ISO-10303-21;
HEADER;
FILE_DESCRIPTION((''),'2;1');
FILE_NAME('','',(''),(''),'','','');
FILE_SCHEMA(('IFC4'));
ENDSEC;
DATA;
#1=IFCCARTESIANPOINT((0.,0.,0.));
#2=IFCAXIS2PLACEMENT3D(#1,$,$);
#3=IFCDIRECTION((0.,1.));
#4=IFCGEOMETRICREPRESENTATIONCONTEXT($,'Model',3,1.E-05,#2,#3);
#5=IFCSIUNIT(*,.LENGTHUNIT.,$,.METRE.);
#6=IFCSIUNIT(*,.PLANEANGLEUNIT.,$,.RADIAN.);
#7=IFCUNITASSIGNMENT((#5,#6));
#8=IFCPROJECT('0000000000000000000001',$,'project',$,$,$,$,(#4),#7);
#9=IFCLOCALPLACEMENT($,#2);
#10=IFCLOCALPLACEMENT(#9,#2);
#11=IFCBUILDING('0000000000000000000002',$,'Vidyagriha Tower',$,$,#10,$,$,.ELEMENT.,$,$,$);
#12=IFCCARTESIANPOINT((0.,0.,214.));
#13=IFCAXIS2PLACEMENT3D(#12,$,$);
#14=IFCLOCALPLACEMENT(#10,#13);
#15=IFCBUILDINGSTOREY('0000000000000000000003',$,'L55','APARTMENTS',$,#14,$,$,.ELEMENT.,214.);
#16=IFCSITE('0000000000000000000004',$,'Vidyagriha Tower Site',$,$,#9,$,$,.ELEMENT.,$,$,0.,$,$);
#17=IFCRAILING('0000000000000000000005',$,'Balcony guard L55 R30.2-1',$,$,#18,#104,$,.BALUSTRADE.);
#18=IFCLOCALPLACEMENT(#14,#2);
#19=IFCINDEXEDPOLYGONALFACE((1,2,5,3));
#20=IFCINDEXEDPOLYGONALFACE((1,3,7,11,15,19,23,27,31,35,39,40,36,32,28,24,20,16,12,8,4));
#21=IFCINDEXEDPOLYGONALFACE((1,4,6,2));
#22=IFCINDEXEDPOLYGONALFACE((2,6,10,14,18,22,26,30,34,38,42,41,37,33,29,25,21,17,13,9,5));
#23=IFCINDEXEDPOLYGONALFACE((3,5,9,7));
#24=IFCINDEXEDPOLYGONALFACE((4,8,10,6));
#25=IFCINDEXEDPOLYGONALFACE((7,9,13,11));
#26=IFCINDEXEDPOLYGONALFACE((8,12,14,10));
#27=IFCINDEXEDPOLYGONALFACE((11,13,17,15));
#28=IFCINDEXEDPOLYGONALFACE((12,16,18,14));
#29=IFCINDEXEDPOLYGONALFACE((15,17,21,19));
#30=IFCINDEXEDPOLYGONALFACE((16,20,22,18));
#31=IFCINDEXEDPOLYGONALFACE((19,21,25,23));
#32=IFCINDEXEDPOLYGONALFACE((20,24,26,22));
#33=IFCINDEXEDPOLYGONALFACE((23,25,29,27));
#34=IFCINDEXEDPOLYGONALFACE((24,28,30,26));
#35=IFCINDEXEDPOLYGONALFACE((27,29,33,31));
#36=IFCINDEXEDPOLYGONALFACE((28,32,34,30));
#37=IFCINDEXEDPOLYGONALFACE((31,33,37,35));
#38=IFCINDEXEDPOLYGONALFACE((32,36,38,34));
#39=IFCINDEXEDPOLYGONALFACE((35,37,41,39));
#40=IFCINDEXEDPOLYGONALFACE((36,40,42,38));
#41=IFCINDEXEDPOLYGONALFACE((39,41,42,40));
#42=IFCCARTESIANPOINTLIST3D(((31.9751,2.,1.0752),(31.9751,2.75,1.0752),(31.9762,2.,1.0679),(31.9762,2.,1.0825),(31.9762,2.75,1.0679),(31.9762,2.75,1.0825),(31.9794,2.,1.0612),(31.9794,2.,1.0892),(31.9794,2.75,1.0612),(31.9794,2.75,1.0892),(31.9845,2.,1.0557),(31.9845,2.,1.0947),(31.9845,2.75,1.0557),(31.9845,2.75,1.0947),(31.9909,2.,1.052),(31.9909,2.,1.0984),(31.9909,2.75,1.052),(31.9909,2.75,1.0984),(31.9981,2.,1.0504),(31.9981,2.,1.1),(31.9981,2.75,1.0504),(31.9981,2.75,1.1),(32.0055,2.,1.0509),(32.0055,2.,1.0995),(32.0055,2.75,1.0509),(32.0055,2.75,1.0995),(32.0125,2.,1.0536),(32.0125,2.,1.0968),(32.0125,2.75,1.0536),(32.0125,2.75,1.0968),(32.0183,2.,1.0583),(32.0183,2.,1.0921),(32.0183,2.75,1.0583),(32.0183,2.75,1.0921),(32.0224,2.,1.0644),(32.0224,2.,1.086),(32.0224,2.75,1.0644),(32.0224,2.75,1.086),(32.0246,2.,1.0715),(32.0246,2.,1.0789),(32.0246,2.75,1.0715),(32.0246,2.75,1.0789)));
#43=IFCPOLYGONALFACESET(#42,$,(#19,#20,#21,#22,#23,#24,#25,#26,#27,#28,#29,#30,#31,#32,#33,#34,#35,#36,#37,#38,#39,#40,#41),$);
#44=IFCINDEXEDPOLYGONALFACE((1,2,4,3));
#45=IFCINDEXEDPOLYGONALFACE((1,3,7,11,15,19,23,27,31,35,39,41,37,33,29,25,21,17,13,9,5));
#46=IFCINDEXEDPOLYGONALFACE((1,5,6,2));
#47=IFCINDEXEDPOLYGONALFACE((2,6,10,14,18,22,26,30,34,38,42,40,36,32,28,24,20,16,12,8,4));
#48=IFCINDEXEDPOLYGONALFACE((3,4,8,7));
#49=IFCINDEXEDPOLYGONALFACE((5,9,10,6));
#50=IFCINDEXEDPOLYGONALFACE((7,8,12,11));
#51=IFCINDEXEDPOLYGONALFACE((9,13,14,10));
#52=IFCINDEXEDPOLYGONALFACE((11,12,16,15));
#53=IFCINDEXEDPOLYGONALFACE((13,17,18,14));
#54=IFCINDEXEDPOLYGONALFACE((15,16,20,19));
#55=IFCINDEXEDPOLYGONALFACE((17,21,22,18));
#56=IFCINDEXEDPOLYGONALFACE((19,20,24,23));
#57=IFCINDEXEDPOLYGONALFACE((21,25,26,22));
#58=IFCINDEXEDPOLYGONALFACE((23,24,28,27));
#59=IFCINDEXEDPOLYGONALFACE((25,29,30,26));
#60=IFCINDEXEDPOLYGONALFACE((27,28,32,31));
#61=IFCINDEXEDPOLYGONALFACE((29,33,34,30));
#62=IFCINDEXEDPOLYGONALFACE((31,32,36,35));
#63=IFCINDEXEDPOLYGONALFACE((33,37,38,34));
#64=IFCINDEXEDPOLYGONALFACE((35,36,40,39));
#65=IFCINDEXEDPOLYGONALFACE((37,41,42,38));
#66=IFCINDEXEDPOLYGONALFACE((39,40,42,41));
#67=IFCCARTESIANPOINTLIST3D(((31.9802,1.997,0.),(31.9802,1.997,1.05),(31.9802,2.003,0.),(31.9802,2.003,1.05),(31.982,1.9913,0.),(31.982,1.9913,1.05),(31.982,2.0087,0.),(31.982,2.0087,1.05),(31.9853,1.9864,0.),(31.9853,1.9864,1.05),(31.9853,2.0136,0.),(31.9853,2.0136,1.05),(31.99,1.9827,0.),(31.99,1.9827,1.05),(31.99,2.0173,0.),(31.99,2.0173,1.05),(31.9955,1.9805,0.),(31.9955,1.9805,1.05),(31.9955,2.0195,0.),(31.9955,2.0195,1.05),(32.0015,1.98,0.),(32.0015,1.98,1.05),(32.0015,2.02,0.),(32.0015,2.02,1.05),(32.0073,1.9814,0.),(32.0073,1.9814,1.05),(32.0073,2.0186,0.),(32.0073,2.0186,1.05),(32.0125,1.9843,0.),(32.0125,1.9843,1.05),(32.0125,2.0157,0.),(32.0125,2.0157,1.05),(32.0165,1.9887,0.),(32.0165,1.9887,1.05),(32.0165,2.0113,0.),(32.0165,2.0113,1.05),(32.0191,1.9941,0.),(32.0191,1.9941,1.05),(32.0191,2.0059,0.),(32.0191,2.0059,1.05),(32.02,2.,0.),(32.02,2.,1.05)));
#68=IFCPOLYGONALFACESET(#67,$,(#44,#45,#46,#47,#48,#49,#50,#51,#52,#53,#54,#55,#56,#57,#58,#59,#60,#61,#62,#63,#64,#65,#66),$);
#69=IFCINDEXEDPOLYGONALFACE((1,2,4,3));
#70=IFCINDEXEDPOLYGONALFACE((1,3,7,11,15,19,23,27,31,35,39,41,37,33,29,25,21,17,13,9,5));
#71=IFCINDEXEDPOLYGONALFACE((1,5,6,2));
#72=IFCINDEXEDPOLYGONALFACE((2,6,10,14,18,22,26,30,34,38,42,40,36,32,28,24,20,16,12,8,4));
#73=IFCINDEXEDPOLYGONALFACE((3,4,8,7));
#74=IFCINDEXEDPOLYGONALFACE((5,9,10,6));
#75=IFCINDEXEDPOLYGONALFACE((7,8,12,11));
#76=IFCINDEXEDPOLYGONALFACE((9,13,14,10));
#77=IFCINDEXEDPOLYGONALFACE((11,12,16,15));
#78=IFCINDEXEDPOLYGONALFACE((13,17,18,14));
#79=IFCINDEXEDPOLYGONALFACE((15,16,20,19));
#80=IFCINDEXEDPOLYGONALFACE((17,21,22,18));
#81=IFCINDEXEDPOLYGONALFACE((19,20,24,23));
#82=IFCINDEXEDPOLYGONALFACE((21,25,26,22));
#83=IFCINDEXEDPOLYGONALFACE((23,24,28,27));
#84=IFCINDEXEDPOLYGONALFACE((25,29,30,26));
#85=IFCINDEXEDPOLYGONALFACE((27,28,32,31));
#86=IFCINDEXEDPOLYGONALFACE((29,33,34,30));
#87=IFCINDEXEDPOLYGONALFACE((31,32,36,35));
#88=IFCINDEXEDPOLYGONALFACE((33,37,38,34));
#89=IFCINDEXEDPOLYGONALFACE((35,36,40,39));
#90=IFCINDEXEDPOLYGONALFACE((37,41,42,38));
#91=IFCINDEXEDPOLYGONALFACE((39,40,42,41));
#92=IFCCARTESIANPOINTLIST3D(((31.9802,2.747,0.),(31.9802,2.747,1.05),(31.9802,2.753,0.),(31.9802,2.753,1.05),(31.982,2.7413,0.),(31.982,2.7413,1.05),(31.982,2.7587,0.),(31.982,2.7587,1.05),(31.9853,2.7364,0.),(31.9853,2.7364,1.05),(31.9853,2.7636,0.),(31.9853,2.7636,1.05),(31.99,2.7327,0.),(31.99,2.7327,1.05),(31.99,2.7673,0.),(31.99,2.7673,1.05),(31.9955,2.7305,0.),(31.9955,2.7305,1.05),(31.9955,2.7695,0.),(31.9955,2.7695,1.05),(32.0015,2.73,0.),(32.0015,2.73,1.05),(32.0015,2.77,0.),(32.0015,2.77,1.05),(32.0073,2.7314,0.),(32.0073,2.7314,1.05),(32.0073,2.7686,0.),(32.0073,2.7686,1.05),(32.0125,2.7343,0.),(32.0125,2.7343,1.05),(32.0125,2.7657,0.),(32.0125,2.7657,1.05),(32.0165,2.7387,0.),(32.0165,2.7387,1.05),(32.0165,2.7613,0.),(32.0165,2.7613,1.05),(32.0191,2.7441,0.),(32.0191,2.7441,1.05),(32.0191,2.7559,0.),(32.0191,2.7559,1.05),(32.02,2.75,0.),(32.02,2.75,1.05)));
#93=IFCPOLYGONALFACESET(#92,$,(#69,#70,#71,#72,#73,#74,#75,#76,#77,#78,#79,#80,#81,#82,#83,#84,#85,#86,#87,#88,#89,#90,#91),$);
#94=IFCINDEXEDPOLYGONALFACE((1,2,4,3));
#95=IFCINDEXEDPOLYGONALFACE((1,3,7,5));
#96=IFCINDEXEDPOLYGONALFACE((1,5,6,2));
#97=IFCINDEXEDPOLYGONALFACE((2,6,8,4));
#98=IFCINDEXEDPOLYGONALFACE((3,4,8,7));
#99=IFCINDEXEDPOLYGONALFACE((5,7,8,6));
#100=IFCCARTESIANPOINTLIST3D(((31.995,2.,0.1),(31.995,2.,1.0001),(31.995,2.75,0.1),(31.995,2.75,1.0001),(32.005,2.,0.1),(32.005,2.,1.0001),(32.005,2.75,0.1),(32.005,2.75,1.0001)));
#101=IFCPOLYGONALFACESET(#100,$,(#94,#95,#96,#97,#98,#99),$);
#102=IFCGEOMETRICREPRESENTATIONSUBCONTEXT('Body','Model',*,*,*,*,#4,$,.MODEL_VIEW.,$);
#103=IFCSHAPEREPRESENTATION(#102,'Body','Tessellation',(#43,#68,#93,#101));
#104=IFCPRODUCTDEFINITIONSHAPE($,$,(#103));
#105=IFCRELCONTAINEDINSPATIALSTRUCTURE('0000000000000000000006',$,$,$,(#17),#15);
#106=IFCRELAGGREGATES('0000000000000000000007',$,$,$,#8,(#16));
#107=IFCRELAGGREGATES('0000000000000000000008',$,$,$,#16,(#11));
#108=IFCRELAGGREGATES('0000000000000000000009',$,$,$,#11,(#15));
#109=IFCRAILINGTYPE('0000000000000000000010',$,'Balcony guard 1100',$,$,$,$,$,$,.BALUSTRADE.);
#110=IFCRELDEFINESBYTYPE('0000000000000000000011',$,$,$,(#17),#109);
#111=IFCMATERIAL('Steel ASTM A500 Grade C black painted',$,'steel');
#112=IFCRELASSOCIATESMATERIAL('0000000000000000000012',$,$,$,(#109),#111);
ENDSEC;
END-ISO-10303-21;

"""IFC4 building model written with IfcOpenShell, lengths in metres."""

from ifc_helpers import new_model, si_unit, direction, frame, origin, origin_2d, place, context, subcontext, project, spatial, rectangle, circle, extrude, material, type_object, element, save


model = new_model("IFC4")

# Units and contexts
model_context = context("Model", 3, precision=1e-05, world=origin(), true_north=direction((0.0, 1.0)))
body_context = subcontext(model_context, "Body", "Model", "MODEL_VIEW")
ifc_project = project(units=[si_unit("LENGTHUNIT", "METRE"), si_unit("PLANEANGLEUNIT", "RADIAN")], contexts=[model_context])

# Site, building, storey
site_placement = place(None, origin())
site = spatial("IfcSite", under=ifc_project, at=site_placement, Name="Vidyagriha Tower Site", CompositionType="ELEMENT", RefElevation=0.0)
building_placement = place(site_placement, origin())
building = spatial("IfcBuilding", under=site, at=building_placement, Name="Vidyagriha Tower", CompositionType="ELEMENT")
storey_placement = place(building_placement, frame((0.0, 0.0, 214.0)))
storey = spatial("IfcBuildingStorey", under=building, at=storey_placement, Name="L55", Description="APARTMENTS", CompositionType="ELEMENT", Elevation=214.0)

# Railing
ifc_material_1 = material(Name="Steel ASTM A500 Grade C black painted", Category="steel")
railing_type_1 = type_object("IfcRailingType", Name="Balcony guard 1100", PredefinedType="BALUSTRADE", material=ifc_material_1)
railing_1_placement = place(storey_placement, frame((32.0, 2.0, 0.0)))
element("IfcRailing", 1, at=railing_1_placement, inside=storey, type_object=railing_type_1, Name="Balcony guard L55 R30.2-1", PredefinedType="BALUSTRADE", context=body_context, shape_type="SweptSolid", body=[
    extrude(circle(Radius=0.0249, at=origin_2d()), frame((0.0, 0.0, 1.0752), z_axis=(0.0, 1.0, 0.0), x_axis=(-1.0, 0.0, 0.0)), (0.0, 0.0, 1.0), 0.75),
    extrude(circle(Radius=0.02, at=origin_2d()), origin(), (0.0, 0.0, 1.0), 1.05),
    extrude(circle(Radius=0.02, at=origin_2d()), frame((0.0, 0.75, 0.0)), (0.0, 0.0, 1.0), 1.05),
    extrude(rectangle(XDim=0.01, YDim=0.9001, at=origin_2d()), frame((0.0, 0.0, 0.55), z_axis=(0.0, 1.0, 0.0), x_axis=(-1.0, 0.0, 0.0)), (0.0, 0.0, 1.0), 0.75),
])

save(model, "model.ifc")
